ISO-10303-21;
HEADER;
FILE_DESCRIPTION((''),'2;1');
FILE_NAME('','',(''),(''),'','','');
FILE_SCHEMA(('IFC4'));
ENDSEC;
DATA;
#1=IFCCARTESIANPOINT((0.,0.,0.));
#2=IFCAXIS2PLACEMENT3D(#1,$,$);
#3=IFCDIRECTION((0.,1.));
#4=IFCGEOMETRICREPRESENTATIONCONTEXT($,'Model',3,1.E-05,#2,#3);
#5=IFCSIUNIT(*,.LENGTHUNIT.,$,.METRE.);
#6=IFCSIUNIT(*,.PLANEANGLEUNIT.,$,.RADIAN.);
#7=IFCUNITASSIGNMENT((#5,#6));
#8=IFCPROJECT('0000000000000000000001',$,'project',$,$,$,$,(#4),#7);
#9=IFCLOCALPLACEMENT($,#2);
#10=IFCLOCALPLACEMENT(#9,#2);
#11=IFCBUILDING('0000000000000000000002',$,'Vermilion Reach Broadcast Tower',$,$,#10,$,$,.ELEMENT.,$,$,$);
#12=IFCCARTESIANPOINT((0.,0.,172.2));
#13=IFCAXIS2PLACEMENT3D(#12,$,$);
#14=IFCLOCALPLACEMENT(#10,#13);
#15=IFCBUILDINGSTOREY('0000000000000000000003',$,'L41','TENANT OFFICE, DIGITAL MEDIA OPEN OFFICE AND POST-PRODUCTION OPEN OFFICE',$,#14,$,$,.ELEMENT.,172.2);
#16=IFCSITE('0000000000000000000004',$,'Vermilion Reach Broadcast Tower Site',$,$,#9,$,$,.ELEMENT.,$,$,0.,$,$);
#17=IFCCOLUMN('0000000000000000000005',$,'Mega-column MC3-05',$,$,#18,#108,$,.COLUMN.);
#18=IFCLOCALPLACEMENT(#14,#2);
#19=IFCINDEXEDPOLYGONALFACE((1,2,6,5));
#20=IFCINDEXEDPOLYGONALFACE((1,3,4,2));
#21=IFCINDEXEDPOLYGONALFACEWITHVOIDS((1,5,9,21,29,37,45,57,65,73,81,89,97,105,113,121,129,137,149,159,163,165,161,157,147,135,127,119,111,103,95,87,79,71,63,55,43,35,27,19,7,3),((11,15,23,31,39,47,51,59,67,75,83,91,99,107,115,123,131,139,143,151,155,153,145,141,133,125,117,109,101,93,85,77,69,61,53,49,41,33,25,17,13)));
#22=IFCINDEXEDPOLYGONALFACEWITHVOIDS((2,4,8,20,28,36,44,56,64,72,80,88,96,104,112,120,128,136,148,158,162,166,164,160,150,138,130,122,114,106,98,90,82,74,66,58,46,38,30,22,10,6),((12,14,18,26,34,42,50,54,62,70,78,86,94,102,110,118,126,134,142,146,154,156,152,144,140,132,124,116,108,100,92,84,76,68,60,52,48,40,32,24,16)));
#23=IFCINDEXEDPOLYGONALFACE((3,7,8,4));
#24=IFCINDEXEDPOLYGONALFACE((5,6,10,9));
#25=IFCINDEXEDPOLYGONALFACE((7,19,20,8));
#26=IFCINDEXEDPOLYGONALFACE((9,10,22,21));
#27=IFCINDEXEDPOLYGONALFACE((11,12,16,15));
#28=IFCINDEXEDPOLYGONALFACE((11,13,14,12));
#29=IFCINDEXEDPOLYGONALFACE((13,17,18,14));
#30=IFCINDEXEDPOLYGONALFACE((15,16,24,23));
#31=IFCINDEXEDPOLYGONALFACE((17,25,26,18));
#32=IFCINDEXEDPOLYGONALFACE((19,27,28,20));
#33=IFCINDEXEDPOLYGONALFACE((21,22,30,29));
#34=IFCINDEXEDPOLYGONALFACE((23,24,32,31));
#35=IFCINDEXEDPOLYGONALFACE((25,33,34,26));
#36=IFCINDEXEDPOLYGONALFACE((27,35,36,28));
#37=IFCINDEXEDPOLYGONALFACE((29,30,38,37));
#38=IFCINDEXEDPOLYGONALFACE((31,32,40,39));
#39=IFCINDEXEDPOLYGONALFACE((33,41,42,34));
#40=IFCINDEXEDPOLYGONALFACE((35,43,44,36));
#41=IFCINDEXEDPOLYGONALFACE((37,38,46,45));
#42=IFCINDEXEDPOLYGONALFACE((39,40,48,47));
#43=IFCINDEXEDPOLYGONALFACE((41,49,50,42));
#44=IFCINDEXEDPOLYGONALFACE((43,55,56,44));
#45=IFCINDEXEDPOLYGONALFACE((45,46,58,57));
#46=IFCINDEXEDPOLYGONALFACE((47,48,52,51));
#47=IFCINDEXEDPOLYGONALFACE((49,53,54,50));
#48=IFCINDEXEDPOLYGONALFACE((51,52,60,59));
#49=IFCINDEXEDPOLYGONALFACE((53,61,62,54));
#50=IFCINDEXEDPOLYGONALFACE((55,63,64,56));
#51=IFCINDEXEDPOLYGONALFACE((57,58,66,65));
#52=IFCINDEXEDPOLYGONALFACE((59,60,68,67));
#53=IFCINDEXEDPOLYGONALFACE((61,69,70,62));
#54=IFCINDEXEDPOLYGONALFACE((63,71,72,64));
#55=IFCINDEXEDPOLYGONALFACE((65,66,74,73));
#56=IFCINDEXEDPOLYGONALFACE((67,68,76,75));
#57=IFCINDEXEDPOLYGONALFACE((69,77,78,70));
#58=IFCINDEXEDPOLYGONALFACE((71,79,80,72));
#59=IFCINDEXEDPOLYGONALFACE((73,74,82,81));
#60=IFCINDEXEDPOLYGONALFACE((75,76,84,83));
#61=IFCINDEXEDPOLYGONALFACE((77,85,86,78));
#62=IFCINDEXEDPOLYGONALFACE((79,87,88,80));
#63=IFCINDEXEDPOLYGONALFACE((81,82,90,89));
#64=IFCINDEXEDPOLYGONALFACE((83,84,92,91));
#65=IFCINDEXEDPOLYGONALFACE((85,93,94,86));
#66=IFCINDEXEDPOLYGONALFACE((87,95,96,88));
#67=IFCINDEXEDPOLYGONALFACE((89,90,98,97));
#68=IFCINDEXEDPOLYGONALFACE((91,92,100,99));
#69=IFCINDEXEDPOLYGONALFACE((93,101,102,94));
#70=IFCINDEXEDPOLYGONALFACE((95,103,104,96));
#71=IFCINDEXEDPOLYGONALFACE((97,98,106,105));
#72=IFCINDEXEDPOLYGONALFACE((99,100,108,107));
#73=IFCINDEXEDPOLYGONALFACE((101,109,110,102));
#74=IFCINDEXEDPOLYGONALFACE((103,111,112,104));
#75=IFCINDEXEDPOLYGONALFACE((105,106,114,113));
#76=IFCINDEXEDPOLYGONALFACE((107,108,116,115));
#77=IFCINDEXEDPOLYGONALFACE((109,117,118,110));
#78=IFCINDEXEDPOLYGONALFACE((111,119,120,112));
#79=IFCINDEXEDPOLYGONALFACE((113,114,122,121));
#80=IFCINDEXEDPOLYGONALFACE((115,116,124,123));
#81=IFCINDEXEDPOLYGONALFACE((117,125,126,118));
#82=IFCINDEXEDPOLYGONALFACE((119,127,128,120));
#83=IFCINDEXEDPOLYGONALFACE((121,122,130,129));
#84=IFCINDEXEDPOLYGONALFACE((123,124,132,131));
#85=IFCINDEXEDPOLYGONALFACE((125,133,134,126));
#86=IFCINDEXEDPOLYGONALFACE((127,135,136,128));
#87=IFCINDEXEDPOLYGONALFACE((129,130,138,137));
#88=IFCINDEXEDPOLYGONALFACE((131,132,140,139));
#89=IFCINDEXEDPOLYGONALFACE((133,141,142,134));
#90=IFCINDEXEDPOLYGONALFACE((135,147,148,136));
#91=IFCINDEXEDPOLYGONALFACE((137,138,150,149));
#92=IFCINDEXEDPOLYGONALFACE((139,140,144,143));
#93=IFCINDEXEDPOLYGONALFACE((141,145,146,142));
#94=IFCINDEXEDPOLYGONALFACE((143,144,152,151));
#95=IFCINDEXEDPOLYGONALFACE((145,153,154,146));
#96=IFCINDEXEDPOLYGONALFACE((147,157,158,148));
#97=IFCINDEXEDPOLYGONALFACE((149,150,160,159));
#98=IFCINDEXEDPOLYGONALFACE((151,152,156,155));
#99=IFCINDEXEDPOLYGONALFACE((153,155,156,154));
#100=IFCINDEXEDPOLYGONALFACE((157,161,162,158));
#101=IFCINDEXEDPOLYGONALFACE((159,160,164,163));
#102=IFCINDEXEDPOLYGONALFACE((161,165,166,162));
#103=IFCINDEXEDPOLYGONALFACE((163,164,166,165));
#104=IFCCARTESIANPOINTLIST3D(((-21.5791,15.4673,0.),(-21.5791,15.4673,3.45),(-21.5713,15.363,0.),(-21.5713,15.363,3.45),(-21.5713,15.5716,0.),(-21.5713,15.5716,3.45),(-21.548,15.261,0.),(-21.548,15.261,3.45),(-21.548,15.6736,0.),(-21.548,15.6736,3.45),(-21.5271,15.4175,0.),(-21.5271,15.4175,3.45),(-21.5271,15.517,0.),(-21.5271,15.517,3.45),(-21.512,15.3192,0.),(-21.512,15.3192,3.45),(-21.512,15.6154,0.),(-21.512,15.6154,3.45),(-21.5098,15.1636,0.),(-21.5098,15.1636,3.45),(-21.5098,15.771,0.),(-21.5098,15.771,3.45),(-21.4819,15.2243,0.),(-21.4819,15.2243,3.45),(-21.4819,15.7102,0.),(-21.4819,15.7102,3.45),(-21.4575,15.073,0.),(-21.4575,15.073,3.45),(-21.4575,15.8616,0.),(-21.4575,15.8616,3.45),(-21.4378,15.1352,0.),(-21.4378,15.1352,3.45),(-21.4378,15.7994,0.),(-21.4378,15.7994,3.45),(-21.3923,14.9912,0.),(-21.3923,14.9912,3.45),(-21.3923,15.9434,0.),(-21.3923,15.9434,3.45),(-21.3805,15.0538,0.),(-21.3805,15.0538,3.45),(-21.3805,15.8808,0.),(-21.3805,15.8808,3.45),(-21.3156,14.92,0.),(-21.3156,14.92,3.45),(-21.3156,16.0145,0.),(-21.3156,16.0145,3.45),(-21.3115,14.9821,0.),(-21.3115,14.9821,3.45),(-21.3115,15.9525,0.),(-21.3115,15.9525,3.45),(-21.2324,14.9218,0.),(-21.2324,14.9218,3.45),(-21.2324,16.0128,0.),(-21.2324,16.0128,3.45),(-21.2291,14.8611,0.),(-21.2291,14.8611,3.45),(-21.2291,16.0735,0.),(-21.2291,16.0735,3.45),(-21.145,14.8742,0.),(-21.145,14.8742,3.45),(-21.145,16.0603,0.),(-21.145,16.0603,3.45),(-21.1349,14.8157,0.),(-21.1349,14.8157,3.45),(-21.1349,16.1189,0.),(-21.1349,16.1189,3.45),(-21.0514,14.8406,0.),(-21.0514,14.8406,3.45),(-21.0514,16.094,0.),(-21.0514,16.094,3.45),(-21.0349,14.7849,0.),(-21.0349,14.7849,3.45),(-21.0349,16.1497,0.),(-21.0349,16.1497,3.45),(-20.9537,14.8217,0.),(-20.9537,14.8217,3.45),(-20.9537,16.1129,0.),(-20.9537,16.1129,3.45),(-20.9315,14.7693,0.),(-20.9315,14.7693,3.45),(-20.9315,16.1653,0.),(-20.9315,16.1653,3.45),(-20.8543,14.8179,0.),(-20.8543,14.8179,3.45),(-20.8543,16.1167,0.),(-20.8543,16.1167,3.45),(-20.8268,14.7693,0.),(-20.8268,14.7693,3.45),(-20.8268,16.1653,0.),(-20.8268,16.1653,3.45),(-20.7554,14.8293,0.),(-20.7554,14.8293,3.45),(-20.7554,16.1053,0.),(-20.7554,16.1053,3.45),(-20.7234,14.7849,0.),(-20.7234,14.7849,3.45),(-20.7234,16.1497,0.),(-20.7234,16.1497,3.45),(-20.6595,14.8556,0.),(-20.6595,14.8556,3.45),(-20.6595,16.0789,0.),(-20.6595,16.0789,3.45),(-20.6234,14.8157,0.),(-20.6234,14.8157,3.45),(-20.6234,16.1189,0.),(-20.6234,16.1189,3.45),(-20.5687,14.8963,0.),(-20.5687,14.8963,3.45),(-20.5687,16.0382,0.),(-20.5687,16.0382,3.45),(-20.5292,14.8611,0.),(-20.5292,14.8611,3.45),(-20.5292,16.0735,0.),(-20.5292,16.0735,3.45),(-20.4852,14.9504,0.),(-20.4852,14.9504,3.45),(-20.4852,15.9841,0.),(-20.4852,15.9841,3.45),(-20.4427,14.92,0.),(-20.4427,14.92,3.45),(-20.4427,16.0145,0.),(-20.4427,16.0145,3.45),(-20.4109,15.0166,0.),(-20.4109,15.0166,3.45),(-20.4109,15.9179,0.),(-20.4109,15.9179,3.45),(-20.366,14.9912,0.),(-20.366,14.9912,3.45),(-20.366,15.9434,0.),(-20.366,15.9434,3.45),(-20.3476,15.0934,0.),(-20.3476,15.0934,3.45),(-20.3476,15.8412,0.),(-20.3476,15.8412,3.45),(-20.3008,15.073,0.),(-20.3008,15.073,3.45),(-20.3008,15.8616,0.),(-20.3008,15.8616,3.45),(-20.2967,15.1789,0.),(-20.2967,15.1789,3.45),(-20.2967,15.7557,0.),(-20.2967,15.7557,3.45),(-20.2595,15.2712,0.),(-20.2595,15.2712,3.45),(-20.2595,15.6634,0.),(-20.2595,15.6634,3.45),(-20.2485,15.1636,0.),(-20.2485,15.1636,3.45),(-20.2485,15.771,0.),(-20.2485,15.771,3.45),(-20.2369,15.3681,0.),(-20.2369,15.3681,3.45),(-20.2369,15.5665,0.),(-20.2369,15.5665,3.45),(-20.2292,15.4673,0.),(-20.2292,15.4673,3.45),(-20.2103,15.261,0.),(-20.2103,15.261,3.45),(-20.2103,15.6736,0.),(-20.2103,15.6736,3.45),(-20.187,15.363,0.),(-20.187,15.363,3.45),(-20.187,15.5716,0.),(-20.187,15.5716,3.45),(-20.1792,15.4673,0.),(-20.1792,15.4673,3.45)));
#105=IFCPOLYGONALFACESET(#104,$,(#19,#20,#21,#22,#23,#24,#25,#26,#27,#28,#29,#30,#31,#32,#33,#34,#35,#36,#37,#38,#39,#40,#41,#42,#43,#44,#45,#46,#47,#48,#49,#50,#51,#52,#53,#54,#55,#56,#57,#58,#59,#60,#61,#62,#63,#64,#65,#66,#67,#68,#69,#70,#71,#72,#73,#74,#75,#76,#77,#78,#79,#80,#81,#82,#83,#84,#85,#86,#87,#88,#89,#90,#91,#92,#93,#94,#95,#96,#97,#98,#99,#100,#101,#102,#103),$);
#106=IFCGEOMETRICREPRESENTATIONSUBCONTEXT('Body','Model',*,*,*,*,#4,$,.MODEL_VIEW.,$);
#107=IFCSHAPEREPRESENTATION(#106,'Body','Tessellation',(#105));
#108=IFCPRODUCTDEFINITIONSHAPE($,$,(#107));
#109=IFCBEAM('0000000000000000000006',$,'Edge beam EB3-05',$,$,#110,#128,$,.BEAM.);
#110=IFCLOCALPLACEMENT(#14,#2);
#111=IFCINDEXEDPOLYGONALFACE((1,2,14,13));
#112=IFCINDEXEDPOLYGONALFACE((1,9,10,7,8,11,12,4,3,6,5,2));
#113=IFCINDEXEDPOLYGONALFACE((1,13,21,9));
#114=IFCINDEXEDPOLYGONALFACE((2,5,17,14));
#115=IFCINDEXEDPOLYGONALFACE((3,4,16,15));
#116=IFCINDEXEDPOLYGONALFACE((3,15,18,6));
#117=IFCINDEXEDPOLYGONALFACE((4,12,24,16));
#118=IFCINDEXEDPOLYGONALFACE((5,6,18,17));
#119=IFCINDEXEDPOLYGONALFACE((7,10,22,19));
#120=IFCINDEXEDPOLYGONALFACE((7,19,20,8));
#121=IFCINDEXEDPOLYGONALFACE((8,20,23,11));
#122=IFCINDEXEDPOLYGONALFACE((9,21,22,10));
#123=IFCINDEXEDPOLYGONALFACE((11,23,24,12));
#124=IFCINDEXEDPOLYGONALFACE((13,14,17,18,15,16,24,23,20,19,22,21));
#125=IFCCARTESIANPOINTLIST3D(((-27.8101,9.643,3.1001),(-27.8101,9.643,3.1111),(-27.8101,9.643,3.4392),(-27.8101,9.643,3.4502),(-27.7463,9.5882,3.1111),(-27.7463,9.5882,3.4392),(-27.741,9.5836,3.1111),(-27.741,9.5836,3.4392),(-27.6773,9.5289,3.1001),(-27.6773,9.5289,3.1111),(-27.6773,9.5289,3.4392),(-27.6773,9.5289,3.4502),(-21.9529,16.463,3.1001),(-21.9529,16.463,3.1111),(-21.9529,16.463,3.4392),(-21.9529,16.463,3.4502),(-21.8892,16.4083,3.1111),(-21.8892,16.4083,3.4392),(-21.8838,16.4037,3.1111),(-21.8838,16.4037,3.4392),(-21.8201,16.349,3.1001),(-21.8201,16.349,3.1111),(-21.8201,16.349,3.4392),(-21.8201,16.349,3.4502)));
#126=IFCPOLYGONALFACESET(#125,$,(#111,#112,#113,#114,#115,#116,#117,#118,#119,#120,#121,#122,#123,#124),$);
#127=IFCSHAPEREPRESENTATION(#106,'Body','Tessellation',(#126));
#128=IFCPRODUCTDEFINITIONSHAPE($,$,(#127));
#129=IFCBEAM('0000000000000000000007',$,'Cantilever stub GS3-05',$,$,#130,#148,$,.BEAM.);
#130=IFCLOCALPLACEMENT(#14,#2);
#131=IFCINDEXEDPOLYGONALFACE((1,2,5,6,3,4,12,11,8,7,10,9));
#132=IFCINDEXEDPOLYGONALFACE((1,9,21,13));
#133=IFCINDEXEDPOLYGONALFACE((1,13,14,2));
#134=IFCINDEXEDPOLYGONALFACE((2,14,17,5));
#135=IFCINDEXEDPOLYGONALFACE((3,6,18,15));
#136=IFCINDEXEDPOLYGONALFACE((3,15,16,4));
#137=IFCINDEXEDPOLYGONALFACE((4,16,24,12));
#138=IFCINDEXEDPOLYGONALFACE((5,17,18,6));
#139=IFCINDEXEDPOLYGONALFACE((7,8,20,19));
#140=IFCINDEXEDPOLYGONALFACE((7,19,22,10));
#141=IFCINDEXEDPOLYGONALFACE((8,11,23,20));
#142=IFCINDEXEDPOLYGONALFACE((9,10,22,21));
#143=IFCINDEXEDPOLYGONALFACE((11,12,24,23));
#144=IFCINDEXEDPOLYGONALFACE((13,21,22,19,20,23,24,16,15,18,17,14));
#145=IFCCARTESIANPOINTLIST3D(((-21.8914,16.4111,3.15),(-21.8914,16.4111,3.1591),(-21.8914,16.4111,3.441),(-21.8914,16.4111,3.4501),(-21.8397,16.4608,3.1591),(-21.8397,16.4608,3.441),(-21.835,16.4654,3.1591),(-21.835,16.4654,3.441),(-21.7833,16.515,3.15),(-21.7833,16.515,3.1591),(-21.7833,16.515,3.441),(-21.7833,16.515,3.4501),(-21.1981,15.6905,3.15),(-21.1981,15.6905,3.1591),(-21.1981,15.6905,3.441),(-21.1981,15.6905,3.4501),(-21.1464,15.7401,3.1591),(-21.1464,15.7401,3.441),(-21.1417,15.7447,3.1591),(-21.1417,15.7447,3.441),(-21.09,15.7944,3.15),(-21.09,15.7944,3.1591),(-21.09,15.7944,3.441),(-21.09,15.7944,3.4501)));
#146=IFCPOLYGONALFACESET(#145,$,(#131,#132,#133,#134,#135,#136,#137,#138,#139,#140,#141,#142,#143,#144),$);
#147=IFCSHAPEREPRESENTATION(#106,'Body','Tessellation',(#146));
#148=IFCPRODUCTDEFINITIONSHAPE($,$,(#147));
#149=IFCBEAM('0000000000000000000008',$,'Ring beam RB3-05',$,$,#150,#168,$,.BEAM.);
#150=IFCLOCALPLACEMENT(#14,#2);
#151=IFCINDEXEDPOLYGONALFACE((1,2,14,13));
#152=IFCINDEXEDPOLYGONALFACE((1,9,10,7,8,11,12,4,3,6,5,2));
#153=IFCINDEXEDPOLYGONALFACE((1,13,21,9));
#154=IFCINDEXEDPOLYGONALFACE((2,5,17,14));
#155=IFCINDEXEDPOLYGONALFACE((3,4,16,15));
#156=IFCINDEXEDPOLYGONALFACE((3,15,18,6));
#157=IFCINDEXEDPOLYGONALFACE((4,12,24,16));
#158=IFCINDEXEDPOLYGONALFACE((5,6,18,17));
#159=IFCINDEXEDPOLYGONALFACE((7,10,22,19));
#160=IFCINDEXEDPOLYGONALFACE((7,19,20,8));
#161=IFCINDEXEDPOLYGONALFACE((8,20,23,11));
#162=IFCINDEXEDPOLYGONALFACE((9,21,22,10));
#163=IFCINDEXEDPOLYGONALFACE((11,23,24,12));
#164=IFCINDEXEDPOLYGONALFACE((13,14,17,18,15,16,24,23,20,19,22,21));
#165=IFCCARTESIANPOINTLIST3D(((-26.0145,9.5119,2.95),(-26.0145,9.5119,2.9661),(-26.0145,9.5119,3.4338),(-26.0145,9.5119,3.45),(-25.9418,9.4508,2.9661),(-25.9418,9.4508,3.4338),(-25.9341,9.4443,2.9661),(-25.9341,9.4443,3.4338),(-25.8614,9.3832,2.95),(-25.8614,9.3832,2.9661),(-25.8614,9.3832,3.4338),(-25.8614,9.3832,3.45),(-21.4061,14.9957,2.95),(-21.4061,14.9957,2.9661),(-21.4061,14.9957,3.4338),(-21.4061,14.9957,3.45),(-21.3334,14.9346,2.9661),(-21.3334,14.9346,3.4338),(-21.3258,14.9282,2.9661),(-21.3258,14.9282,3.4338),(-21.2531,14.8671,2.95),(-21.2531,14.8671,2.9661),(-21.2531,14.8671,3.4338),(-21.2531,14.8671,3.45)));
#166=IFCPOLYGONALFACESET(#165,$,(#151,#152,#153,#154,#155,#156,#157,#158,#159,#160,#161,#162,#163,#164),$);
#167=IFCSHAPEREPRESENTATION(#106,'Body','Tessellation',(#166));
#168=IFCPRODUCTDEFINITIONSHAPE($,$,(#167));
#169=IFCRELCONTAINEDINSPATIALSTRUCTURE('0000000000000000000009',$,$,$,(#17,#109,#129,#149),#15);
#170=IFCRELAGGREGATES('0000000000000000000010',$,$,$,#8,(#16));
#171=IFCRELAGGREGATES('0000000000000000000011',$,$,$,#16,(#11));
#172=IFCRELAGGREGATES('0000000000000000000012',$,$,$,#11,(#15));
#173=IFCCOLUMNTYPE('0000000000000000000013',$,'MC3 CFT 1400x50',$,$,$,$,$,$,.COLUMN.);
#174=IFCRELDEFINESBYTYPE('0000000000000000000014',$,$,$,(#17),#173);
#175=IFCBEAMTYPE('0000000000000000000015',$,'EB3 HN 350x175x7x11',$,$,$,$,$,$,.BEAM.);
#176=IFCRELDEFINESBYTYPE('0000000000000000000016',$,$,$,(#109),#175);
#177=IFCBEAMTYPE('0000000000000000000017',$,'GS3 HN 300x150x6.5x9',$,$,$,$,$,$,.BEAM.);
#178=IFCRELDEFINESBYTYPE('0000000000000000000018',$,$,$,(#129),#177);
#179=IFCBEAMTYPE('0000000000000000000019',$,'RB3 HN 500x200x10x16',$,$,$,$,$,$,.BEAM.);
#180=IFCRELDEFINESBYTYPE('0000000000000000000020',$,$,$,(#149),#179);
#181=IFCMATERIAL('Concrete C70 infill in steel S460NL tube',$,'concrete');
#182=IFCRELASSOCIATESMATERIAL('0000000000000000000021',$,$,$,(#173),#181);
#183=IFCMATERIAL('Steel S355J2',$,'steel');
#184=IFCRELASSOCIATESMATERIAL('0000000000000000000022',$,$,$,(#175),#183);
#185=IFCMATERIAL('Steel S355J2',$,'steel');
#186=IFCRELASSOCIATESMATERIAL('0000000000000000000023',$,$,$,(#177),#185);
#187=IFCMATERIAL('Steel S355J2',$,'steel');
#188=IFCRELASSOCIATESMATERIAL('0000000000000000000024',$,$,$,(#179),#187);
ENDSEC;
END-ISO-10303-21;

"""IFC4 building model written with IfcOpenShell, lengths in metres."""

from ifc_helpers import new_model, si_unit, direction, frame, origin, origin_2d, place, context, subcontext, project, spatial, hollow_circle, i_section, extrude, material, material_profile, profile_set, type_object, element, save


model = new_model("IFC4")

# Units and contexts
model_context = context("Model", 3, precision=1e-05, world=origin(), true_north=direction((0.0, 1.0)))
body_context = subcontext(model_context, "Body", "Model", "MODEL_VIEW")
ifc_project = project(units=[si_unit("LENGTHUNIT", "METRE"), si_unit("PLANEANGLEUNIT", "RADIAN")], contexts=[model_context])

# Site, building, storey
site_placement = place(None, origin())
site = spatial("IfcSite", under=ifc_project, at=site_placement, Name="Vermilion Reach Broadcast Tower Site", CompositionType="ELEMENT", RefElevation=0.0)
building_placement = place(site_placement, origin())
building = spatial("IfcBuilding", under=site, at=building_placement, Name="Vermilion Reach Broadcast Tower", CompositionType="ELEMENT")
storey_placement = place(building_placement, frame((0.0, 0.0, 172.2)))
storey = spatial("IfcBuildingStorey", under=building, at=storey_placement, Name="L41", Description="TENANT OFFICE, DIGITAL MEDIA OPEN OFFICE AND POST-PRODUCTION OPEN OFFICE", CompositionType="ELEMENT", Elevation=172.2)

# Column
ifc_material_1 = material(Name="Concrete C70 infill in steel S460NL tube", Category="concrete")
ifc_material_profile_1 = material_profile(ifc_material_1, hollow_circle(Radius=0.7, WallThickness=0.05, at=origin_2d()), Name="Concrete C70 infill in steel S460NL tube CFT 1400x50")
ifc_profile_set_1 = profile_set([ifc_material_profile_1], Name="Concrete C70 infill in steel S460NL tube")
column_type = type_object("IfcColumnType", Name="MC3 CFT 1400x50", PredefinedType="COLUMN", material=ifc_profile_set_1)
column_placement = place(storey_placement, frame((-20.8792, 15.4673, 0.0), z_axis=(0.0, 0.0, 1.0), x_axis=(1.0, 0.0, 0.0)))
element("IfcColumn", 1, at=column_placement, inside=storey, type_object=column_type, Name="Mega-column MC3-05", PredefinedType="COLUMN", context=body_context, shape_type="SweptSolid", body=[
    extrude(hollow_circle(Radius=0.7, WallThickness=0.05, at=origin_2d()), origin(), (0.0, 0.0, 1.0), 3.45),
])

# Beams
ifc_material_2 = material(Name="Steel S355J2", Category="steel")
ifc_material_profile_2 = material_profile(ifc_material_2, i_section(OverallWidth=0.175, OverallDepth=0.3501, WebThickness=0.0071, FlangeThickness=0.011, at=origin_2d()), Name="S355J2 HN 350x175x7x11")
ifc_profile_set_2 = profile_set([ifc_material_profile_2], Name="Steel S355J2")
beam_type_1 = type_object("IfcBeamType", Name="EB3 HN 350x175x7x11", PredefinedType="BEAM", material=ifc_profile_set_2)
beam_1_placement = place(storey_placement, frame((-21.8865, 16.406, 3.2751), z_axis=(-0.651522, -0.758629, 0.0), x_axis=(0.758629, -0.651522, 0.0)))
element("IfcBeam", 2, at=beam_1_placement, inside=storey, type_object=beam_type_1, Name="Edge beam EB3-05", PredefinedType="BEAM", context=body_context, shape_type="SweptSolid", body=[
    extrude(i_section(OverallWidth=0.175, OverallDepth=0.3501, WebThickness=0.0071, FlangeThickness=0.011, at=origin_2d()), origin(), (0.0, 0.0, 1.0), 8.99),
])
ifc_material_3 = material(Name="Steel S355J2", Category="steel")
ifc_material_profile_3 = material_profile(ifc_material_3, i_section(OverallWidth=0.1499, OverallDepth=0.3, WebThickness=0.0066, FlangeThickness=0.009, at=origin_2d()), Name="S355J2 HN 300x150x6.5x9")
ifc_profile_set_3 = profile_set([ifc_material_profile_3], Name="Steel S355J2")
beam_type_2 = type_object("IfcBeamType", Name="GS3 HN 300x150x6.5x9", PredefinedType="BEAM", material=ifc_profile_set_3)
beam_2_placement = place(storey_placement, frame((-21.144, 15.7424, 3.3), z_axis=(-0.693304, 0.720645, 0.0), x_axis=(-0.720645, -0.693304, 0.0)))
element("IfcBeam", 3, at=beam_2_placement, inside=storey, type_object=beam_type_2, Name="Cantilever stub GS3-05", PredefinedType="BEAM", context=body_context, shape_type="SweptSolid", body=[
    extrude(i_section(OverallWidth=0.1499, OverallDepth=0.3, WebThickness=0.0066, FlangeThickness=0.009, at=origin_2d()), origin(), (0.0, 0.0, 1.0), 1.0),
])
ifc_material_4 = material(Name="Steel S355J2", Category="steel")
ifc_material_profile_4 = material_profile(ifc_material_4, i_section(OverallWidth=0.2, OverallDepth=0.5, WebThickness=0.01, FlangeThickness=0.0161, at=origin_2d()), Name="S355J2 HN 500x200x10x16")
ifc_profile_set_4 = profile_set([ifc_material_profile_4], Name="Steel S355J2")
beam_type_3 = type_object("IfcBeamType", Name="RB3 HN 500x200x10x16", PredefinedType="BEAM", material=ifc_profile_set_4)
beam_3_placement = place(storey_placement, frame((-21.3296, 14.9314, 3.2), z_axis=(-0.64335, -0.765572, 0.0), x_axis=(0.765572, -0.64335, 0.0)))
element("IfcBeam", 4, at=beam_3_placement, inside=storey, type_object=beam_type_3, Name="Ring beam RB3-05", PredefinedType="BEAM", context=body_context, shape_type="SweptSolid", body=[
    extrude(i_section(OverallWidth=0.2, OverallDepth=0.5, WebThickness=0.01, FlangeThickness=0.0161, at=origin_2d()), origin(), (0.0, 0.0, 1.0), 7.1631),
])

save(model, "model.ifc")
